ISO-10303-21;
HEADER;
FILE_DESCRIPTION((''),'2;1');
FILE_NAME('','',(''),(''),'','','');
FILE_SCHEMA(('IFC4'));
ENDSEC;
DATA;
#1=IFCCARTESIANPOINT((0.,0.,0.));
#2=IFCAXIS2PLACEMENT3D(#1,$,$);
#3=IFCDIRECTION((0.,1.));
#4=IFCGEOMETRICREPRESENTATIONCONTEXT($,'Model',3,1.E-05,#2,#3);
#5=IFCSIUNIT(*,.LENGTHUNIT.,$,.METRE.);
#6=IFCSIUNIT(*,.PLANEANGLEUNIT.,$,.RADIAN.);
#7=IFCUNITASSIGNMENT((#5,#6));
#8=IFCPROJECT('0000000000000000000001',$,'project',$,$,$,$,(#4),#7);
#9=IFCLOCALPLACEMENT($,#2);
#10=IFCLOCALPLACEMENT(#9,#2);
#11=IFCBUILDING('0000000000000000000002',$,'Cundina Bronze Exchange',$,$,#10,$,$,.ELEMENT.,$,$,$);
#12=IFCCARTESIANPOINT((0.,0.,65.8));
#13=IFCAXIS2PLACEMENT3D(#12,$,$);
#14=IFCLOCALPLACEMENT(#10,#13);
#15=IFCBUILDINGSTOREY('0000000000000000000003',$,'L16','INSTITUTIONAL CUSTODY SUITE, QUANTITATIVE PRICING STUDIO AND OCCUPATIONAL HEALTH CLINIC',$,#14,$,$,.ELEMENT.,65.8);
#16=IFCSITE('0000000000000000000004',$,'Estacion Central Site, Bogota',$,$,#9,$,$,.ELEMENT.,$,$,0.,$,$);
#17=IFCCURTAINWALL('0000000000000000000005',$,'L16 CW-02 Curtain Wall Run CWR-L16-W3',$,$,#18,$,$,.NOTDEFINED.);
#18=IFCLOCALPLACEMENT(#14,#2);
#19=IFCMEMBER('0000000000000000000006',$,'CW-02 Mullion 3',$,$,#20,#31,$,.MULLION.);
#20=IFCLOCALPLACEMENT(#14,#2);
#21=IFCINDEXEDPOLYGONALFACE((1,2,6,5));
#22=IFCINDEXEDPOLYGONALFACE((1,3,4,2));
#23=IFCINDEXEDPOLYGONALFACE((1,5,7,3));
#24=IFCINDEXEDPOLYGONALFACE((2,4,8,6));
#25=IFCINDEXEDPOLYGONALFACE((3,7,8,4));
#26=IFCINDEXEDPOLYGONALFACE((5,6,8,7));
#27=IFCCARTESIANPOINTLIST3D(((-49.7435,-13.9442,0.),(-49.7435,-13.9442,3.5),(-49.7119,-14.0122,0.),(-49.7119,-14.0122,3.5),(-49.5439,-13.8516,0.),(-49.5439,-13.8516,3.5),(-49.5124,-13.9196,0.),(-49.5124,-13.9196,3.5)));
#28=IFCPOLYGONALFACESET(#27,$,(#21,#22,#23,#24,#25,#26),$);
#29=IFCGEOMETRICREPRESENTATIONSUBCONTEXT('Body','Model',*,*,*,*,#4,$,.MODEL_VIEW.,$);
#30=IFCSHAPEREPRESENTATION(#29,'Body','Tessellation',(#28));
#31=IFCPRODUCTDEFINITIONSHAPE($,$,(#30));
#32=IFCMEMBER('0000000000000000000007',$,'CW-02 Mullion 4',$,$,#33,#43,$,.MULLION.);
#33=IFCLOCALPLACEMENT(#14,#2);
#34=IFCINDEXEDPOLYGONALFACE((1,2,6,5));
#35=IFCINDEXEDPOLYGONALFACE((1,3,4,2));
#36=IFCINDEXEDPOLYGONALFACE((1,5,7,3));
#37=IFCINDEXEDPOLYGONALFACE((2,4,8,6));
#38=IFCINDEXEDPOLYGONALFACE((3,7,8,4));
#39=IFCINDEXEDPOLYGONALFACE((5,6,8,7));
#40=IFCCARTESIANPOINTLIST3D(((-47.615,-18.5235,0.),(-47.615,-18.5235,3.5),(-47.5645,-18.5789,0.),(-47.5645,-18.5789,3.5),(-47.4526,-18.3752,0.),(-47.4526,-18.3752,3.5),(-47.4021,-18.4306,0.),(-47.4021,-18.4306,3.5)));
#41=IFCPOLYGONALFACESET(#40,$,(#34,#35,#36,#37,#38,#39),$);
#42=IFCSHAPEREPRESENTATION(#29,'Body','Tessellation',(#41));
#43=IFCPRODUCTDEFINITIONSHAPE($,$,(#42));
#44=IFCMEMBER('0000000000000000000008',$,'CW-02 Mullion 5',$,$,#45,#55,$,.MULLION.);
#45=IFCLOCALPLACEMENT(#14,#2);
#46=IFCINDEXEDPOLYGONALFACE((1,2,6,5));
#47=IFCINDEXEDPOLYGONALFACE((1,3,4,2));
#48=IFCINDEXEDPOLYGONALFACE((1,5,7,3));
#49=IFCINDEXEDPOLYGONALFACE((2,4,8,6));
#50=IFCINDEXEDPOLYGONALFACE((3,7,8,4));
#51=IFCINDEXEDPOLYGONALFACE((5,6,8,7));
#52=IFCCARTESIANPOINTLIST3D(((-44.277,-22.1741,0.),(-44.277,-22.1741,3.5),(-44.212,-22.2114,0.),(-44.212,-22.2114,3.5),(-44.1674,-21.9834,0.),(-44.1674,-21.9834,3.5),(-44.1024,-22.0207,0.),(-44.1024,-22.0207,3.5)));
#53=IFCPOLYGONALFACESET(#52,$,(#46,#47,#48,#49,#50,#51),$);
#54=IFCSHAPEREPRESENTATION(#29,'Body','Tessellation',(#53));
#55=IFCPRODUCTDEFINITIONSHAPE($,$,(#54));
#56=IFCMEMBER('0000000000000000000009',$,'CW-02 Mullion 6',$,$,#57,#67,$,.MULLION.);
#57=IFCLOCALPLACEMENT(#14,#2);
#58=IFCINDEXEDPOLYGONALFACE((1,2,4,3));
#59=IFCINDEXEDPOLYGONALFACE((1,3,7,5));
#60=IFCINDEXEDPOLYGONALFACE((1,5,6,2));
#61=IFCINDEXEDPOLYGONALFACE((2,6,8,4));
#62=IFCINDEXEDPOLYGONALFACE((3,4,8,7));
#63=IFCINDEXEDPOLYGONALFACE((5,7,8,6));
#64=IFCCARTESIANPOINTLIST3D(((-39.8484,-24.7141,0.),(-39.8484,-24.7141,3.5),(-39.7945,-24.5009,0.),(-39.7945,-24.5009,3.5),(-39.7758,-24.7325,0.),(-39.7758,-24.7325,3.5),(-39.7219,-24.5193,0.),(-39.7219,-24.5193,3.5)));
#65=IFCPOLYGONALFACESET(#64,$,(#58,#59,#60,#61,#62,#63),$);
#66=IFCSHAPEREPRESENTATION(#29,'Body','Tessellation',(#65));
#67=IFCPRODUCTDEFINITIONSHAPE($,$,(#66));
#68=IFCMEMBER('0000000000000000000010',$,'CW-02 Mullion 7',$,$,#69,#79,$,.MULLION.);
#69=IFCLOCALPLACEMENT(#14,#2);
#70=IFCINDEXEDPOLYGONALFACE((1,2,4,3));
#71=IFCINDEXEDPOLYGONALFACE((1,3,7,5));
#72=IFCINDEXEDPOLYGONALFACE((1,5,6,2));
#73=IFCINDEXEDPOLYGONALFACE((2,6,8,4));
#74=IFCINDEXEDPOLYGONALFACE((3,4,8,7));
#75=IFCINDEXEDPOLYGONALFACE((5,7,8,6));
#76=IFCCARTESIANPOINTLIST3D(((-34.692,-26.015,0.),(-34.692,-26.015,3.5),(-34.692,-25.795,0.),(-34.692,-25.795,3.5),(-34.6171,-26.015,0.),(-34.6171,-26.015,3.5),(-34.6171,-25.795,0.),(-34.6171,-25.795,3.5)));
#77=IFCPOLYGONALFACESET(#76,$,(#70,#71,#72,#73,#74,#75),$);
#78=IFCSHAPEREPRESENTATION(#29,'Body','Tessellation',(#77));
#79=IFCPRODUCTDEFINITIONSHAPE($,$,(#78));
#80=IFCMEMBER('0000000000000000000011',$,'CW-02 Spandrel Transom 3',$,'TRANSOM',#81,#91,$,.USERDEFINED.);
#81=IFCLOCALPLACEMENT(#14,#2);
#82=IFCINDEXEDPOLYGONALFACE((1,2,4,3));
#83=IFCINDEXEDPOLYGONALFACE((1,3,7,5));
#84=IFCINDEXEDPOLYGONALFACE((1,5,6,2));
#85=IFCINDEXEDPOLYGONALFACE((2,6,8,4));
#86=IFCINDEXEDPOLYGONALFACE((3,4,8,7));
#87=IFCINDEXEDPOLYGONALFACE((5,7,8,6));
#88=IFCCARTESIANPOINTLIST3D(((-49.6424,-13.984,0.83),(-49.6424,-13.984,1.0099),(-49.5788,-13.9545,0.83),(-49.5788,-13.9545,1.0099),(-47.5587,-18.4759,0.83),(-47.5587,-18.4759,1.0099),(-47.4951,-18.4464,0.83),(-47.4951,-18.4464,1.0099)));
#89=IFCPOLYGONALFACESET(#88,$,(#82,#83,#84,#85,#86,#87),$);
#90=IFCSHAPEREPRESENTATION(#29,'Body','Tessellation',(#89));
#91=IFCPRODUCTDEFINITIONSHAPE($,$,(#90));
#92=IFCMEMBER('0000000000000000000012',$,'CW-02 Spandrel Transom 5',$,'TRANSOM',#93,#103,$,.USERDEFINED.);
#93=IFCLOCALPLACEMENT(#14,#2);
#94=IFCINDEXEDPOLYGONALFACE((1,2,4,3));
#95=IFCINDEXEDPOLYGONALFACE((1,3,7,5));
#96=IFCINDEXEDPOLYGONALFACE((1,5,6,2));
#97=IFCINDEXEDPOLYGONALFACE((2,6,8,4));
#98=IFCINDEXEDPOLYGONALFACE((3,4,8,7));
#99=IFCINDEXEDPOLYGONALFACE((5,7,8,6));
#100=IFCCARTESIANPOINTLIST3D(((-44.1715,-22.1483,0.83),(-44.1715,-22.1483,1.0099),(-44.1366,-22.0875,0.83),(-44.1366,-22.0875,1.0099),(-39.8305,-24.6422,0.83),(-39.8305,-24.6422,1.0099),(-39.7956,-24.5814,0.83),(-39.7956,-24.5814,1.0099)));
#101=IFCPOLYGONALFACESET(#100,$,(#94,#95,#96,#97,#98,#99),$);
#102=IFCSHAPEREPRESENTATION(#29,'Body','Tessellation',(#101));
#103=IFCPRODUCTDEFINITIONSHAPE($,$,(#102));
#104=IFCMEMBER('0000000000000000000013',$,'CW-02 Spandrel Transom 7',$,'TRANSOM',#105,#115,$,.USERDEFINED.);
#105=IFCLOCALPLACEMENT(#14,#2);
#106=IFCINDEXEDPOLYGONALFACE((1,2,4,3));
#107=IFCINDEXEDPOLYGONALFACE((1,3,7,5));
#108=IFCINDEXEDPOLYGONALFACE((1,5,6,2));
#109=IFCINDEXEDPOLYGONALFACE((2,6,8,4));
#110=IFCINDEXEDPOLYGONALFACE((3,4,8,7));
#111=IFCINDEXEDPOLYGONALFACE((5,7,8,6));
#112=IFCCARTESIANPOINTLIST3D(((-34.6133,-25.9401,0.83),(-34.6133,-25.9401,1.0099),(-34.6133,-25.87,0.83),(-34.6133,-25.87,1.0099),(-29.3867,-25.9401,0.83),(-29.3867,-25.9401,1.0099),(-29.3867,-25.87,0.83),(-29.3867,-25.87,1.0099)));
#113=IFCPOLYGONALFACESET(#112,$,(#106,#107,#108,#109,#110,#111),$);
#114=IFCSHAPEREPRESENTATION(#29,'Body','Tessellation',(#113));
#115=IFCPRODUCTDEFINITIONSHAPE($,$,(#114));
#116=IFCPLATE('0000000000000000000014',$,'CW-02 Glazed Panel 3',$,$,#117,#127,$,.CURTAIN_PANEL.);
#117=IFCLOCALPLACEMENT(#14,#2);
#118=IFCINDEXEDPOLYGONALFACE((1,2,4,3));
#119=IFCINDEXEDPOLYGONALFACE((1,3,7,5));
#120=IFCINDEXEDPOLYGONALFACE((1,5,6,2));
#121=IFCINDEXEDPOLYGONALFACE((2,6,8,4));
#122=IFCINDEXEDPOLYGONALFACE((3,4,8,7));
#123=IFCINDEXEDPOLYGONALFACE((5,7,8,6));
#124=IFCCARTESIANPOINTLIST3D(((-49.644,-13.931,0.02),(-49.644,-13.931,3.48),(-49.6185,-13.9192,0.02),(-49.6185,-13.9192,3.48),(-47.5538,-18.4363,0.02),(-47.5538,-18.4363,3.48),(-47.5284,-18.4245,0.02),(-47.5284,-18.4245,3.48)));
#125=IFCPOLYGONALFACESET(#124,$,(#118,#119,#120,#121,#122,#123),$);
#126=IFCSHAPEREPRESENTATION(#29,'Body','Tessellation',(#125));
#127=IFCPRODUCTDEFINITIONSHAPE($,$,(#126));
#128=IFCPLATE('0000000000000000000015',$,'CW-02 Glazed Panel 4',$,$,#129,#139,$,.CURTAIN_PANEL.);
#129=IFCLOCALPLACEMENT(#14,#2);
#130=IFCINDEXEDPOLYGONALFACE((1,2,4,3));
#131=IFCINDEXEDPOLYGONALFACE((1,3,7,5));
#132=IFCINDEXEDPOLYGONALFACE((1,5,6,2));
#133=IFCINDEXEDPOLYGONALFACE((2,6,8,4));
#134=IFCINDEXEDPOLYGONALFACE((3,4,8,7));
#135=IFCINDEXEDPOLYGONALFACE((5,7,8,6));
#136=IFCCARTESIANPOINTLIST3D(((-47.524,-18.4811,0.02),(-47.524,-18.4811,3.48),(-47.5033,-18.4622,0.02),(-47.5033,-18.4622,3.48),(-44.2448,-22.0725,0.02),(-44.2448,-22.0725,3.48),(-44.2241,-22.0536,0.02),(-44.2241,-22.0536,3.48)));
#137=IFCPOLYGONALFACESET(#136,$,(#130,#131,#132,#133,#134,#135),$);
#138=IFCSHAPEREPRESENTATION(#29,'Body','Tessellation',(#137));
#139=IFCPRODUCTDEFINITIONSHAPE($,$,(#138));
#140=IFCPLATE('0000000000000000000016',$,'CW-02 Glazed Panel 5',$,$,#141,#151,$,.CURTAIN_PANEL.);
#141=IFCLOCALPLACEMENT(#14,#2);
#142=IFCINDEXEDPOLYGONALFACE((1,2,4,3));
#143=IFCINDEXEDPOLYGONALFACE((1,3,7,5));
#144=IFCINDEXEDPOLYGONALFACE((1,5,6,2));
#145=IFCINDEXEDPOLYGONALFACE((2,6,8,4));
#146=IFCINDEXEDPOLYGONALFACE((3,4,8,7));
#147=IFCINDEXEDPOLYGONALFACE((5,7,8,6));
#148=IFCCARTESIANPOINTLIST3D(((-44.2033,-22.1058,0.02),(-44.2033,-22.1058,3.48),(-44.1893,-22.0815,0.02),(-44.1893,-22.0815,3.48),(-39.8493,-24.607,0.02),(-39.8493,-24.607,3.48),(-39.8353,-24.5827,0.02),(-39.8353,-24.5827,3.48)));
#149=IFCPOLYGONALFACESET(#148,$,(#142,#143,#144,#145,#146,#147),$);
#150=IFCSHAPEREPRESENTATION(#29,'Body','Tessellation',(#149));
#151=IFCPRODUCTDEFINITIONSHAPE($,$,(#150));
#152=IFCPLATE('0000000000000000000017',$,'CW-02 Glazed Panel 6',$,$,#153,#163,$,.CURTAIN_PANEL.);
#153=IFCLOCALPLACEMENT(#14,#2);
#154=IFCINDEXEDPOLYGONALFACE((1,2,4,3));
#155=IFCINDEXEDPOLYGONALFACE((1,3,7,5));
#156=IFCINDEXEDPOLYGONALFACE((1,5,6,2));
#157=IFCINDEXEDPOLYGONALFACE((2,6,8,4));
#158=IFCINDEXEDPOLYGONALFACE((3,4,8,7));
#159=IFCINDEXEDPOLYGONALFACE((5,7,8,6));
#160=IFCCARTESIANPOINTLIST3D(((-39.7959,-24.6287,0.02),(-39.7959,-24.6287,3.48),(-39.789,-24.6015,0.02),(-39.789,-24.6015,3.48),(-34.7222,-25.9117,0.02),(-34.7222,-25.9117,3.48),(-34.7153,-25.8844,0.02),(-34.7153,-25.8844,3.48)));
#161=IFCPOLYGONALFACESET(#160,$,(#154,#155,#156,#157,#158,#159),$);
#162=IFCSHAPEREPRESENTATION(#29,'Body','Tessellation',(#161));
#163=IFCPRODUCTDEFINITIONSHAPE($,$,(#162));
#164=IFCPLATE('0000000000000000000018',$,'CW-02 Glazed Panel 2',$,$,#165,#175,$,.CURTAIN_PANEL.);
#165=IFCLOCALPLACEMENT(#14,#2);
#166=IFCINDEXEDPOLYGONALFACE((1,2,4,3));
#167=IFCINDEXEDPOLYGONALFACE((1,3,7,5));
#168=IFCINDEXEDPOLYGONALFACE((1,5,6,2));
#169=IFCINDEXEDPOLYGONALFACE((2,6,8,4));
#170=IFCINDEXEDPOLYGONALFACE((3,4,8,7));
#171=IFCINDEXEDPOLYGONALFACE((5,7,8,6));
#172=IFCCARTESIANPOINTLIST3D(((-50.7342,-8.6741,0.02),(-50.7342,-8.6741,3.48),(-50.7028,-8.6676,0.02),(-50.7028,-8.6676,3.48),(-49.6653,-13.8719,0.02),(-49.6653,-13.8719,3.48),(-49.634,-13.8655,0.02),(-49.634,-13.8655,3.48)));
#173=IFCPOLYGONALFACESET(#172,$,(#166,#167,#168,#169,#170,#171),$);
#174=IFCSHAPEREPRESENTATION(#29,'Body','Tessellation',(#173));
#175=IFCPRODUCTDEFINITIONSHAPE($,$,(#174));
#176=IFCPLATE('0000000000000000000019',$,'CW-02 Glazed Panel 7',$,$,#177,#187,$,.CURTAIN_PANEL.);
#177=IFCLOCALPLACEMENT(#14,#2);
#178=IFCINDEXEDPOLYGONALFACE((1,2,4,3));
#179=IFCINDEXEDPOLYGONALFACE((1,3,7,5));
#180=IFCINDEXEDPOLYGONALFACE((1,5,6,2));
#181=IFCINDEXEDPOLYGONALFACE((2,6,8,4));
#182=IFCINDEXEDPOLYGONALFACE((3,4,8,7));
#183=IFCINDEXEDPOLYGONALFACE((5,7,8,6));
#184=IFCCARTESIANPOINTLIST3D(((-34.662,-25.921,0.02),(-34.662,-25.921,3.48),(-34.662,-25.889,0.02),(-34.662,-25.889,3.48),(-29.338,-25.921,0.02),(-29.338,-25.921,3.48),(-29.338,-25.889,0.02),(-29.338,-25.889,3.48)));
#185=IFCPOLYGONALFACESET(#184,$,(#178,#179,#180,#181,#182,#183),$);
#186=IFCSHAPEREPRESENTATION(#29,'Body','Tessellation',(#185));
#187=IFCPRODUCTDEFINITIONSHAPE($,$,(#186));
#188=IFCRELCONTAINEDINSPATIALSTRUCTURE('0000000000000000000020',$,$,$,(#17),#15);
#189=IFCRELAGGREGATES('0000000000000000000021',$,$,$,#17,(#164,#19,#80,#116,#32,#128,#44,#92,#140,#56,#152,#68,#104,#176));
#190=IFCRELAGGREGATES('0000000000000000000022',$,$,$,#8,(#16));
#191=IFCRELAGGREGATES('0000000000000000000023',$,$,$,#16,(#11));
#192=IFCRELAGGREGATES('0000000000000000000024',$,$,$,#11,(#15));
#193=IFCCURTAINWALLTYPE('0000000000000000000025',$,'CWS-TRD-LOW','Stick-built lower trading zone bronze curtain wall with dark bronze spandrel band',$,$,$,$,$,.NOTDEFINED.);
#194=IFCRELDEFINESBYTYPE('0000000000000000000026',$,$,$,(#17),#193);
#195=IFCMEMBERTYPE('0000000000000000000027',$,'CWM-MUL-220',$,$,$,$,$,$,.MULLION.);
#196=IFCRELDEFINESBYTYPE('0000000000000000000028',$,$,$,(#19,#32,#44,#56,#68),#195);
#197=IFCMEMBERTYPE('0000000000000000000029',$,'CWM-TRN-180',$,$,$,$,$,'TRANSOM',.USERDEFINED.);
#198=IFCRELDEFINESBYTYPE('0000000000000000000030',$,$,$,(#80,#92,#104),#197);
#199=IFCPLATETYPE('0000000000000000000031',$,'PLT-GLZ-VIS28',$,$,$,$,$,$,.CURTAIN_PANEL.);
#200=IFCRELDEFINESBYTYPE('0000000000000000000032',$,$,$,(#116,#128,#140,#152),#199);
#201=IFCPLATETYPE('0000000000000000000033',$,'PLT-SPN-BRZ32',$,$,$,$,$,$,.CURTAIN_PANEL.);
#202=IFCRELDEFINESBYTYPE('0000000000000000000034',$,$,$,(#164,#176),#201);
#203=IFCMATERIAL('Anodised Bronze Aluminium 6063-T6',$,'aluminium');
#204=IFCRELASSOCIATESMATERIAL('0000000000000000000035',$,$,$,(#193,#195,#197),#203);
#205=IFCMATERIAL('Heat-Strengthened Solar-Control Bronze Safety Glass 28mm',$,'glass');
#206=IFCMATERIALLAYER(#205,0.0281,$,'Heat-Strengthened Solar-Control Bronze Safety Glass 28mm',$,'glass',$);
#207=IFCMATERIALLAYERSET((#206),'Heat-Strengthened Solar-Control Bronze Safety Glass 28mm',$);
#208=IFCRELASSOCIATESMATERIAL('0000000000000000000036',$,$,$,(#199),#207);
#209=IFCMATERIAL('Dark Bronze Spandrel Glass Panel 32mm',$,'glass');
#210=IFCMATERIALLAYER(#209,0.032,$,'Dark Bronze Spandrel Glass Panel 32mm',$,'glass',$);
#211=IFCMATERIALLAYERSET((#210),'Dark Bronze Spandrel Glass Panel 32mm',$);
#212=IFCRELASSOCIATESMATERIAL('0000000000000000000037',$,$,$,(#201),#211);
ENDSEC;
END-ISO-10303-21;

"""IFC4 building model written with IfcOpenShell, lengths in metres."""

from ifc_helpers import new_model, si_unit, direction, frame, origin, origin_2d, place, context, subcontext, project, spatial, rectangle, extrude, material, layer, layer_set, material_profile, profile_set, type_object, element, aggregate, save


model = new_model("IFC4")

# Units and contexts
model_context = context("Model", 3, precision=1e-05, world=origin(), true_north=direction((0.0, 1.0)))
body_context = subcontext(model_context, "Body", "Model", "MODEL_VIEW")
ifc_project = project(units=[si_unit("LENGTHUNIT", "METRE"), si_unit("PLANEANGLEUNIT", "RADIAN")], contexts=[model_context])

# Site, building, storey
site_placement = place(None, origin())
site = spatial("IfcSite", under=ifc_project, at=site_placement, Name="Estacion Central Site, Bogota", CompositionType="ELEMENT", RefElevation=0.0)
building_placement = place(site_placement, origin())
building = spatial("IfcBuilding", under=site, at=building_placement, Name="Cundina Bronze Exchange", CompositionType="ELEMENT")
storey_placement = place(building_placement, frame((0.0, 0.0, 65.8)))
storey = spatial("IfcBuildingStorey", under=building, at=storey_placement, Name="L16", Description="INSTITUTIONAL CUSTODY SUITE, QUANTITATIVE PRICING STUDIO AND OCCUPATIONAL HEALTH CLINIC", CompositionType="ELEMENT", Elevation=65.8)

# Curtain wall, members, plates
ifc_material_1 = material(Name="Anodised Bronze Aluminium 6063-T6", Category="aluminium")
curtain_wall_type = type_object("IfcCurtainWallType", Name="CWS-TRD-LOW", Description="Stick-built lower trading zone bronze curtain wall with dark bronze spandrel band", PredefinedType="NOTDEFINED", material=ifc_material_1)
curtain_wall_placement = place(storey_placement, origin())
curtain_wall = element("IfcCurtainWall", 1, at=curtain_wall_placement, inside=storey, type_object=curtain_wall_type, Name="L16 CW-02 Curtain Wall Run CWR-L16-W3", PredefinedType="NOTDEFINED")
ifc_material_profile_1 = material_profile(ifc_material_1, rectangle(XDim=0.075, YDim=0.22, at=origin_2d()), Name="AL75X220", Category="aluminium")
ifc_profile_set_1 = profile_set([ifc_material_profile_1], Name="Anodised Bronze Aluminium 6063-T6")
member_type_1 = type_object("IfcMemberType", Name="CWM-MUL-220", PredefinedType="MULLION", material=ifc_profile_set_1)
member_1_placement = place(storey_placement, frame((-49.6279, -13.9319, 0.0), z_axis=(0.0, 0.0, 1.0), x_axis=(0.420877, -0.907117, 0.0)))
member_1 = element("IfcMember", 2, at=member_1_placement, type_object=member_type_1, Name="CW-02 Mullion 3", PredefinedType="MULLION", context=body_context, shape_type="SweptSolid", body=[
    extrude(rectangle(XDim=0.075, YDim=0.22, at=origin_2d()), origin(), (0.0, 0.0, 1.0), 3.5),
])
member_2_placement = place(storey_placement, frame((-47.5085, -18.4771, 0.0), z_axis=(0.0, 0.0, 1.0), x_axis=(0.674302, -0.738455, 0.0)))
member_2 = element("IfcMember", 3, at=member_2_placement, type_object=member_type_1, Name="CW-02 Mullion 4", PredefinedType="MULLION", context=body_context, shape_type="SweptSolid", body=[
    extrude(rectangle(XDim=0.075, YDim=0.22, at=origin_2d()), origin(), (0.0, 0.0, 1.0), 3.5),
])
member_3_placement = place(storey_placement, frame((-44.1897, -22.0974, 0.0), z_axis=(0.0, 0.0, 1.0), x_axis=(0.867071, -0.498185, 0.0)))
member_3 = element("IfcMember", 4, at=member_3_placement, type_object=member_type_1, Name="CW-02 Mullion 5", PredefinedType="MULLION", context=body_context, shape_type="SweptSolid", body=[
    extrude(rectangle(XDim=0.075, YDim=0.22, at=origin_2d()), origin(), (0.0, 0.0, 1.0), 3.5),
])
member_4_placement = place(storey_placement, frame((-39.7852, -24.6167, 0.0), z_axis=(0.0, 0.0, 1.0), x_axis=(0.969488, -0.245138, 0.0)))
member_4 = element("IfcMember", 5, at=member_4_placement, type_object=member_type_1, Name="CW-02 Mullion 6", PredefinedType="MULLION", context=body_context, shape_type="SweptSolid", body=[
    extrude(rectangle(XDim=0.075, YDim=0.22, at=origin_2d()), origin(), (0.0, 0.0, 1.0), 3.5),
])
member_5_placement = place(storey_placement, frame((-34.6545, -25.905, 0.0), z_axis=(0.0, 0.0, 1.0), x_axis=(1.0, 0.0, 0.0)))
member_5 = element("IfcMember", 6, at=member_5_placement, type_object=member_type_1, Name="CW-02 Mullion 7", PredefinedType="MULLION", context=body_context, shape_type="SweptSolid", body=[
    extrude(rectangle(XDim=0.075, YDim=0.22, at=origin_2d()), origin(), (0.0, 0.0, 1.0), 3.5),
])
ifc_material_profile_2 = material_profile(ifc_material_1, rectangle(XDim=0.0701, YDim=0.1799, at=origin_2d()), Name="AL70X180", Category="aluminium")
ifc_profile_set_2 = profile_set([ifc_material_profile_2], Name="Anodised Bronze Aluminium 6063-T6")
member_type_2 = type_object("IfcMemberType", Name="CWM-TRN-180", ElementType="TRANSOM", PredefinedType="USERDEFINED", material=ifc_profile_set_2)
member_6_placement = place(storey_placement, frame((-49.6106, -13.9692, 0.9199), z_axis=(0.420811, -0.907148, 0.0), x_axis=(0.907148, 0.420811, 0.0)))
member_6 = element("IfcMember", 7, at=member_6_placement, type_object=member_type_2, Name="CW-02 Spandrel Transom 3", ObjectType="TRANSOM", PredefinedType="USERDEFINED", context=body_context, shape_type="SweptSolid", body=[
    extrude(rectangle(XDim=0.0701, YDim=0.1799, at=origin_2d()), origin(), (0.0, 0.0, 1.0), 4.9517),
])
member_7_placement = place(storey_placement, frame((-44.1541, -22.1179, 0.9199), z_axis=(0.867097, -0.498139, 0.0), x_axis=(0.498139, 0.867097, 0.0)))
member_7 = element("IfcMember", 8, at=member_7_placement, type_object=member_type_2, Name="CW-02 Spandrel Transom 5", ObjectType="TRANSOM", PredefinedType="USERDEFINED", context=body_context, shape_type="SweptSolid", body=[
    extrude(rectangle(XDim=0.0701, YDim=0.1799, at=origin_2d()), origin(), (0.0, 0.0, 1.0), 5.0063),
])
member_8_placement = place(storey_placement, frame((-34.6133, -25.905, 0.9199), z_axis=(1.0, 0.0, 0.0), x_axis=(0.0, 1.0, 0.0)))
member_8 = element("IfcMember", 9, at=member_8_placement, type_object=member_type_2, Name="CW-02 Spandrel Transom 7", ObjectType="TRANSOM", PredefinedType="USERDEFINED", context=body_context, shape_type="SweptSolid", body=[
    extrude(rectangle(XDim=0.0701, YDim=0.1799, at=origin_2d()), origin(), (0.0, 0.0, 1.0), 5.2266),
])
ifc_material_2 = material(Name="Heat-Strengthened Solar-Control Bronze Safety Glass 28mm", Category="glass")
ifc_layer_1 = layer(ifc_material_2, 0.0281, Name="Heat-Strengthened Solar-Control Bronze Safety Glass 28mm", Category="glass")
ifc_layer_set_1 = layer_set([ifc_layer_1], Name="Heat-Strengthened Solar-Control Bronze Safety Glass 28mm")
plate_type_1 = type_object("IfcPlateType", Name="PLT-GLZ-VIS28", PredefinedType="CURTAIN_PANEL", material=ifc_layer_set_1)
plate_1_placement = place(storey_placement, frame((-48.5862, -16.1777, 0.02), z_axis=(0.0, 0.0, 1.0), x_axis=(0.420846, -0.907132, 0.0)))
plate_1 = element("IfcPlate", 10, at=plate_1_placement, type_object=plate_type_1, Name="CW-02 Glazed Panel 3", PredefinedType="CURTAIN_PANEL", context=body_context, shape_type="SweptSolid", body=[
    extrude(rectangle(XDim=4.9666, YDim=0.0281, at=origin_2d()), origin(), (0.0, 0.0, 1.0), 3.46),
])
plate_2_placement = place(storey_placement, frame((-45.874, -20.2673, 0.02), z_axis=(0.0, 0.0, 1.0), x_axis=(0.674277, -0.738479, 0.0)))
plate_2 = element("IfcPlate", 11, at=plate_2_placement, type_object=plate_type_1, Name="CW-02 Glazed Panel 4", PredefinedType="CURTAIN_PANEL", context=body_context, shape_type="SweptSolid", body=[
    extrude(rectangle(XDim=4.8633, YDim=0.0281, at=origin_2d()), origin(), (0.0, 0.0, 1.0), 3.46),
])
plate_3_placement = place(storey_placement, frame((-42.0193, -23.3442, 0.02), z_axis=(0.0, 0.0, 1.0), x_axis=(0.867105, -0.498125, 0.0)))
plate_3 = element("IfcPlate", 12, at=plate_3_placement, type_object=plate_type_1, Name="CW-02 Glazed Panel 5", PredefinedType="CURTAIN_PANEL", context=body_context, shape_type="SweptSolid", body=[
    extrude(rectangle(XDim=5.0212, YDim=0.0281, at=origin_2d()), origin(), (0.0, 0.0, 1.0), 3.46),
])
plate_4_placement = place(storey_placement, frame((-37.2556, -25.2566, 0.02), z_axis=(0.0, 0.0, 1.0), x_axis=(0.969488, -0.245138, 0.0)))
plate_4 = element("IfcPlate", 13, at=plate_4_placement, type_object=plate_type_1, Name="CW-02 Glazed Panel 6", PredefinedType="CURTAIN_PANEL", context=body_context, shape_type="SweptSolid", body=[
    extrude(rectangle(XDim=5.2334, YDim=0.0281, at=origin_2d()), origin(), (0.0, 0.0, 1.0), 3.46),
])
ifc_material_3 = material(Name="Dark Bronze Spandrel Glass Panel 32mm", Category="glass")
ifc_layer_2 = layer(ifc_material_3, 0.032, Name="Dark Bronze Spandrel Glass Panel 32mm", Category="glass")
ifc_layer_set_2 = layer_set([ifc_layer_2], Name="Dark Bronze Spandrel Glass Panel 32mm")
plate_type_2 = type_object("IfcPlateType", Name="PLT-SPN-BRZ32", PredefinedType="CURTAIN_PANEL", material=ifc_layer_set_2)
plate_5_placement = place(storey_placement, frame((-50.1841, -11.2698, 0.02), z_axis=(0.0, 0.0, 1.0), x_axis=(0.20142, -0.979505, 0.0)))
plate_5 = element("IfcPlate", 14, at=plate_5_placement, type_object=plate_type_2, Name="CW-02 Glazed Panel 2", PredefinedType="CURTAIN_PANEL", context=body_context, shape_type="SweptSolid", body=[
    extrude(rectangle(XDim=5.3066, YDim=0.032, at=origin_2d()), origin(), (0.0, 0.0, 1.0), 3.46),
])
plate_6_placement = place(storey_placement, frame((-32.0, -25.905, 0.02), z_axis=(0.0, 0.0, 1.0), x_axis=(1.0, 0.0, 0.0)))
plate_6 = element("IfcPlate", 15, at=plate_6_placement, type_object=plate_type_2, Name="CW-02 Glazed Panel 7", PredefinedType="CURTAIN_PANEL", context=body_context, shape_type="SweptSolid", body=[
    extrude(rectangle(XDim=5.324, YDim=0.032, at=origin_2d()), origin(), (0.0, 0.0, 1.0), 3.46),
])
aggregate(curtain_wall, [plate_5, member_1, member_6, plate_1, member_2, plate_2, member_3, member_7, plate_3, member_4, plate_4, member_5, member_8, plate_6])

save(model, "model.ifc")
